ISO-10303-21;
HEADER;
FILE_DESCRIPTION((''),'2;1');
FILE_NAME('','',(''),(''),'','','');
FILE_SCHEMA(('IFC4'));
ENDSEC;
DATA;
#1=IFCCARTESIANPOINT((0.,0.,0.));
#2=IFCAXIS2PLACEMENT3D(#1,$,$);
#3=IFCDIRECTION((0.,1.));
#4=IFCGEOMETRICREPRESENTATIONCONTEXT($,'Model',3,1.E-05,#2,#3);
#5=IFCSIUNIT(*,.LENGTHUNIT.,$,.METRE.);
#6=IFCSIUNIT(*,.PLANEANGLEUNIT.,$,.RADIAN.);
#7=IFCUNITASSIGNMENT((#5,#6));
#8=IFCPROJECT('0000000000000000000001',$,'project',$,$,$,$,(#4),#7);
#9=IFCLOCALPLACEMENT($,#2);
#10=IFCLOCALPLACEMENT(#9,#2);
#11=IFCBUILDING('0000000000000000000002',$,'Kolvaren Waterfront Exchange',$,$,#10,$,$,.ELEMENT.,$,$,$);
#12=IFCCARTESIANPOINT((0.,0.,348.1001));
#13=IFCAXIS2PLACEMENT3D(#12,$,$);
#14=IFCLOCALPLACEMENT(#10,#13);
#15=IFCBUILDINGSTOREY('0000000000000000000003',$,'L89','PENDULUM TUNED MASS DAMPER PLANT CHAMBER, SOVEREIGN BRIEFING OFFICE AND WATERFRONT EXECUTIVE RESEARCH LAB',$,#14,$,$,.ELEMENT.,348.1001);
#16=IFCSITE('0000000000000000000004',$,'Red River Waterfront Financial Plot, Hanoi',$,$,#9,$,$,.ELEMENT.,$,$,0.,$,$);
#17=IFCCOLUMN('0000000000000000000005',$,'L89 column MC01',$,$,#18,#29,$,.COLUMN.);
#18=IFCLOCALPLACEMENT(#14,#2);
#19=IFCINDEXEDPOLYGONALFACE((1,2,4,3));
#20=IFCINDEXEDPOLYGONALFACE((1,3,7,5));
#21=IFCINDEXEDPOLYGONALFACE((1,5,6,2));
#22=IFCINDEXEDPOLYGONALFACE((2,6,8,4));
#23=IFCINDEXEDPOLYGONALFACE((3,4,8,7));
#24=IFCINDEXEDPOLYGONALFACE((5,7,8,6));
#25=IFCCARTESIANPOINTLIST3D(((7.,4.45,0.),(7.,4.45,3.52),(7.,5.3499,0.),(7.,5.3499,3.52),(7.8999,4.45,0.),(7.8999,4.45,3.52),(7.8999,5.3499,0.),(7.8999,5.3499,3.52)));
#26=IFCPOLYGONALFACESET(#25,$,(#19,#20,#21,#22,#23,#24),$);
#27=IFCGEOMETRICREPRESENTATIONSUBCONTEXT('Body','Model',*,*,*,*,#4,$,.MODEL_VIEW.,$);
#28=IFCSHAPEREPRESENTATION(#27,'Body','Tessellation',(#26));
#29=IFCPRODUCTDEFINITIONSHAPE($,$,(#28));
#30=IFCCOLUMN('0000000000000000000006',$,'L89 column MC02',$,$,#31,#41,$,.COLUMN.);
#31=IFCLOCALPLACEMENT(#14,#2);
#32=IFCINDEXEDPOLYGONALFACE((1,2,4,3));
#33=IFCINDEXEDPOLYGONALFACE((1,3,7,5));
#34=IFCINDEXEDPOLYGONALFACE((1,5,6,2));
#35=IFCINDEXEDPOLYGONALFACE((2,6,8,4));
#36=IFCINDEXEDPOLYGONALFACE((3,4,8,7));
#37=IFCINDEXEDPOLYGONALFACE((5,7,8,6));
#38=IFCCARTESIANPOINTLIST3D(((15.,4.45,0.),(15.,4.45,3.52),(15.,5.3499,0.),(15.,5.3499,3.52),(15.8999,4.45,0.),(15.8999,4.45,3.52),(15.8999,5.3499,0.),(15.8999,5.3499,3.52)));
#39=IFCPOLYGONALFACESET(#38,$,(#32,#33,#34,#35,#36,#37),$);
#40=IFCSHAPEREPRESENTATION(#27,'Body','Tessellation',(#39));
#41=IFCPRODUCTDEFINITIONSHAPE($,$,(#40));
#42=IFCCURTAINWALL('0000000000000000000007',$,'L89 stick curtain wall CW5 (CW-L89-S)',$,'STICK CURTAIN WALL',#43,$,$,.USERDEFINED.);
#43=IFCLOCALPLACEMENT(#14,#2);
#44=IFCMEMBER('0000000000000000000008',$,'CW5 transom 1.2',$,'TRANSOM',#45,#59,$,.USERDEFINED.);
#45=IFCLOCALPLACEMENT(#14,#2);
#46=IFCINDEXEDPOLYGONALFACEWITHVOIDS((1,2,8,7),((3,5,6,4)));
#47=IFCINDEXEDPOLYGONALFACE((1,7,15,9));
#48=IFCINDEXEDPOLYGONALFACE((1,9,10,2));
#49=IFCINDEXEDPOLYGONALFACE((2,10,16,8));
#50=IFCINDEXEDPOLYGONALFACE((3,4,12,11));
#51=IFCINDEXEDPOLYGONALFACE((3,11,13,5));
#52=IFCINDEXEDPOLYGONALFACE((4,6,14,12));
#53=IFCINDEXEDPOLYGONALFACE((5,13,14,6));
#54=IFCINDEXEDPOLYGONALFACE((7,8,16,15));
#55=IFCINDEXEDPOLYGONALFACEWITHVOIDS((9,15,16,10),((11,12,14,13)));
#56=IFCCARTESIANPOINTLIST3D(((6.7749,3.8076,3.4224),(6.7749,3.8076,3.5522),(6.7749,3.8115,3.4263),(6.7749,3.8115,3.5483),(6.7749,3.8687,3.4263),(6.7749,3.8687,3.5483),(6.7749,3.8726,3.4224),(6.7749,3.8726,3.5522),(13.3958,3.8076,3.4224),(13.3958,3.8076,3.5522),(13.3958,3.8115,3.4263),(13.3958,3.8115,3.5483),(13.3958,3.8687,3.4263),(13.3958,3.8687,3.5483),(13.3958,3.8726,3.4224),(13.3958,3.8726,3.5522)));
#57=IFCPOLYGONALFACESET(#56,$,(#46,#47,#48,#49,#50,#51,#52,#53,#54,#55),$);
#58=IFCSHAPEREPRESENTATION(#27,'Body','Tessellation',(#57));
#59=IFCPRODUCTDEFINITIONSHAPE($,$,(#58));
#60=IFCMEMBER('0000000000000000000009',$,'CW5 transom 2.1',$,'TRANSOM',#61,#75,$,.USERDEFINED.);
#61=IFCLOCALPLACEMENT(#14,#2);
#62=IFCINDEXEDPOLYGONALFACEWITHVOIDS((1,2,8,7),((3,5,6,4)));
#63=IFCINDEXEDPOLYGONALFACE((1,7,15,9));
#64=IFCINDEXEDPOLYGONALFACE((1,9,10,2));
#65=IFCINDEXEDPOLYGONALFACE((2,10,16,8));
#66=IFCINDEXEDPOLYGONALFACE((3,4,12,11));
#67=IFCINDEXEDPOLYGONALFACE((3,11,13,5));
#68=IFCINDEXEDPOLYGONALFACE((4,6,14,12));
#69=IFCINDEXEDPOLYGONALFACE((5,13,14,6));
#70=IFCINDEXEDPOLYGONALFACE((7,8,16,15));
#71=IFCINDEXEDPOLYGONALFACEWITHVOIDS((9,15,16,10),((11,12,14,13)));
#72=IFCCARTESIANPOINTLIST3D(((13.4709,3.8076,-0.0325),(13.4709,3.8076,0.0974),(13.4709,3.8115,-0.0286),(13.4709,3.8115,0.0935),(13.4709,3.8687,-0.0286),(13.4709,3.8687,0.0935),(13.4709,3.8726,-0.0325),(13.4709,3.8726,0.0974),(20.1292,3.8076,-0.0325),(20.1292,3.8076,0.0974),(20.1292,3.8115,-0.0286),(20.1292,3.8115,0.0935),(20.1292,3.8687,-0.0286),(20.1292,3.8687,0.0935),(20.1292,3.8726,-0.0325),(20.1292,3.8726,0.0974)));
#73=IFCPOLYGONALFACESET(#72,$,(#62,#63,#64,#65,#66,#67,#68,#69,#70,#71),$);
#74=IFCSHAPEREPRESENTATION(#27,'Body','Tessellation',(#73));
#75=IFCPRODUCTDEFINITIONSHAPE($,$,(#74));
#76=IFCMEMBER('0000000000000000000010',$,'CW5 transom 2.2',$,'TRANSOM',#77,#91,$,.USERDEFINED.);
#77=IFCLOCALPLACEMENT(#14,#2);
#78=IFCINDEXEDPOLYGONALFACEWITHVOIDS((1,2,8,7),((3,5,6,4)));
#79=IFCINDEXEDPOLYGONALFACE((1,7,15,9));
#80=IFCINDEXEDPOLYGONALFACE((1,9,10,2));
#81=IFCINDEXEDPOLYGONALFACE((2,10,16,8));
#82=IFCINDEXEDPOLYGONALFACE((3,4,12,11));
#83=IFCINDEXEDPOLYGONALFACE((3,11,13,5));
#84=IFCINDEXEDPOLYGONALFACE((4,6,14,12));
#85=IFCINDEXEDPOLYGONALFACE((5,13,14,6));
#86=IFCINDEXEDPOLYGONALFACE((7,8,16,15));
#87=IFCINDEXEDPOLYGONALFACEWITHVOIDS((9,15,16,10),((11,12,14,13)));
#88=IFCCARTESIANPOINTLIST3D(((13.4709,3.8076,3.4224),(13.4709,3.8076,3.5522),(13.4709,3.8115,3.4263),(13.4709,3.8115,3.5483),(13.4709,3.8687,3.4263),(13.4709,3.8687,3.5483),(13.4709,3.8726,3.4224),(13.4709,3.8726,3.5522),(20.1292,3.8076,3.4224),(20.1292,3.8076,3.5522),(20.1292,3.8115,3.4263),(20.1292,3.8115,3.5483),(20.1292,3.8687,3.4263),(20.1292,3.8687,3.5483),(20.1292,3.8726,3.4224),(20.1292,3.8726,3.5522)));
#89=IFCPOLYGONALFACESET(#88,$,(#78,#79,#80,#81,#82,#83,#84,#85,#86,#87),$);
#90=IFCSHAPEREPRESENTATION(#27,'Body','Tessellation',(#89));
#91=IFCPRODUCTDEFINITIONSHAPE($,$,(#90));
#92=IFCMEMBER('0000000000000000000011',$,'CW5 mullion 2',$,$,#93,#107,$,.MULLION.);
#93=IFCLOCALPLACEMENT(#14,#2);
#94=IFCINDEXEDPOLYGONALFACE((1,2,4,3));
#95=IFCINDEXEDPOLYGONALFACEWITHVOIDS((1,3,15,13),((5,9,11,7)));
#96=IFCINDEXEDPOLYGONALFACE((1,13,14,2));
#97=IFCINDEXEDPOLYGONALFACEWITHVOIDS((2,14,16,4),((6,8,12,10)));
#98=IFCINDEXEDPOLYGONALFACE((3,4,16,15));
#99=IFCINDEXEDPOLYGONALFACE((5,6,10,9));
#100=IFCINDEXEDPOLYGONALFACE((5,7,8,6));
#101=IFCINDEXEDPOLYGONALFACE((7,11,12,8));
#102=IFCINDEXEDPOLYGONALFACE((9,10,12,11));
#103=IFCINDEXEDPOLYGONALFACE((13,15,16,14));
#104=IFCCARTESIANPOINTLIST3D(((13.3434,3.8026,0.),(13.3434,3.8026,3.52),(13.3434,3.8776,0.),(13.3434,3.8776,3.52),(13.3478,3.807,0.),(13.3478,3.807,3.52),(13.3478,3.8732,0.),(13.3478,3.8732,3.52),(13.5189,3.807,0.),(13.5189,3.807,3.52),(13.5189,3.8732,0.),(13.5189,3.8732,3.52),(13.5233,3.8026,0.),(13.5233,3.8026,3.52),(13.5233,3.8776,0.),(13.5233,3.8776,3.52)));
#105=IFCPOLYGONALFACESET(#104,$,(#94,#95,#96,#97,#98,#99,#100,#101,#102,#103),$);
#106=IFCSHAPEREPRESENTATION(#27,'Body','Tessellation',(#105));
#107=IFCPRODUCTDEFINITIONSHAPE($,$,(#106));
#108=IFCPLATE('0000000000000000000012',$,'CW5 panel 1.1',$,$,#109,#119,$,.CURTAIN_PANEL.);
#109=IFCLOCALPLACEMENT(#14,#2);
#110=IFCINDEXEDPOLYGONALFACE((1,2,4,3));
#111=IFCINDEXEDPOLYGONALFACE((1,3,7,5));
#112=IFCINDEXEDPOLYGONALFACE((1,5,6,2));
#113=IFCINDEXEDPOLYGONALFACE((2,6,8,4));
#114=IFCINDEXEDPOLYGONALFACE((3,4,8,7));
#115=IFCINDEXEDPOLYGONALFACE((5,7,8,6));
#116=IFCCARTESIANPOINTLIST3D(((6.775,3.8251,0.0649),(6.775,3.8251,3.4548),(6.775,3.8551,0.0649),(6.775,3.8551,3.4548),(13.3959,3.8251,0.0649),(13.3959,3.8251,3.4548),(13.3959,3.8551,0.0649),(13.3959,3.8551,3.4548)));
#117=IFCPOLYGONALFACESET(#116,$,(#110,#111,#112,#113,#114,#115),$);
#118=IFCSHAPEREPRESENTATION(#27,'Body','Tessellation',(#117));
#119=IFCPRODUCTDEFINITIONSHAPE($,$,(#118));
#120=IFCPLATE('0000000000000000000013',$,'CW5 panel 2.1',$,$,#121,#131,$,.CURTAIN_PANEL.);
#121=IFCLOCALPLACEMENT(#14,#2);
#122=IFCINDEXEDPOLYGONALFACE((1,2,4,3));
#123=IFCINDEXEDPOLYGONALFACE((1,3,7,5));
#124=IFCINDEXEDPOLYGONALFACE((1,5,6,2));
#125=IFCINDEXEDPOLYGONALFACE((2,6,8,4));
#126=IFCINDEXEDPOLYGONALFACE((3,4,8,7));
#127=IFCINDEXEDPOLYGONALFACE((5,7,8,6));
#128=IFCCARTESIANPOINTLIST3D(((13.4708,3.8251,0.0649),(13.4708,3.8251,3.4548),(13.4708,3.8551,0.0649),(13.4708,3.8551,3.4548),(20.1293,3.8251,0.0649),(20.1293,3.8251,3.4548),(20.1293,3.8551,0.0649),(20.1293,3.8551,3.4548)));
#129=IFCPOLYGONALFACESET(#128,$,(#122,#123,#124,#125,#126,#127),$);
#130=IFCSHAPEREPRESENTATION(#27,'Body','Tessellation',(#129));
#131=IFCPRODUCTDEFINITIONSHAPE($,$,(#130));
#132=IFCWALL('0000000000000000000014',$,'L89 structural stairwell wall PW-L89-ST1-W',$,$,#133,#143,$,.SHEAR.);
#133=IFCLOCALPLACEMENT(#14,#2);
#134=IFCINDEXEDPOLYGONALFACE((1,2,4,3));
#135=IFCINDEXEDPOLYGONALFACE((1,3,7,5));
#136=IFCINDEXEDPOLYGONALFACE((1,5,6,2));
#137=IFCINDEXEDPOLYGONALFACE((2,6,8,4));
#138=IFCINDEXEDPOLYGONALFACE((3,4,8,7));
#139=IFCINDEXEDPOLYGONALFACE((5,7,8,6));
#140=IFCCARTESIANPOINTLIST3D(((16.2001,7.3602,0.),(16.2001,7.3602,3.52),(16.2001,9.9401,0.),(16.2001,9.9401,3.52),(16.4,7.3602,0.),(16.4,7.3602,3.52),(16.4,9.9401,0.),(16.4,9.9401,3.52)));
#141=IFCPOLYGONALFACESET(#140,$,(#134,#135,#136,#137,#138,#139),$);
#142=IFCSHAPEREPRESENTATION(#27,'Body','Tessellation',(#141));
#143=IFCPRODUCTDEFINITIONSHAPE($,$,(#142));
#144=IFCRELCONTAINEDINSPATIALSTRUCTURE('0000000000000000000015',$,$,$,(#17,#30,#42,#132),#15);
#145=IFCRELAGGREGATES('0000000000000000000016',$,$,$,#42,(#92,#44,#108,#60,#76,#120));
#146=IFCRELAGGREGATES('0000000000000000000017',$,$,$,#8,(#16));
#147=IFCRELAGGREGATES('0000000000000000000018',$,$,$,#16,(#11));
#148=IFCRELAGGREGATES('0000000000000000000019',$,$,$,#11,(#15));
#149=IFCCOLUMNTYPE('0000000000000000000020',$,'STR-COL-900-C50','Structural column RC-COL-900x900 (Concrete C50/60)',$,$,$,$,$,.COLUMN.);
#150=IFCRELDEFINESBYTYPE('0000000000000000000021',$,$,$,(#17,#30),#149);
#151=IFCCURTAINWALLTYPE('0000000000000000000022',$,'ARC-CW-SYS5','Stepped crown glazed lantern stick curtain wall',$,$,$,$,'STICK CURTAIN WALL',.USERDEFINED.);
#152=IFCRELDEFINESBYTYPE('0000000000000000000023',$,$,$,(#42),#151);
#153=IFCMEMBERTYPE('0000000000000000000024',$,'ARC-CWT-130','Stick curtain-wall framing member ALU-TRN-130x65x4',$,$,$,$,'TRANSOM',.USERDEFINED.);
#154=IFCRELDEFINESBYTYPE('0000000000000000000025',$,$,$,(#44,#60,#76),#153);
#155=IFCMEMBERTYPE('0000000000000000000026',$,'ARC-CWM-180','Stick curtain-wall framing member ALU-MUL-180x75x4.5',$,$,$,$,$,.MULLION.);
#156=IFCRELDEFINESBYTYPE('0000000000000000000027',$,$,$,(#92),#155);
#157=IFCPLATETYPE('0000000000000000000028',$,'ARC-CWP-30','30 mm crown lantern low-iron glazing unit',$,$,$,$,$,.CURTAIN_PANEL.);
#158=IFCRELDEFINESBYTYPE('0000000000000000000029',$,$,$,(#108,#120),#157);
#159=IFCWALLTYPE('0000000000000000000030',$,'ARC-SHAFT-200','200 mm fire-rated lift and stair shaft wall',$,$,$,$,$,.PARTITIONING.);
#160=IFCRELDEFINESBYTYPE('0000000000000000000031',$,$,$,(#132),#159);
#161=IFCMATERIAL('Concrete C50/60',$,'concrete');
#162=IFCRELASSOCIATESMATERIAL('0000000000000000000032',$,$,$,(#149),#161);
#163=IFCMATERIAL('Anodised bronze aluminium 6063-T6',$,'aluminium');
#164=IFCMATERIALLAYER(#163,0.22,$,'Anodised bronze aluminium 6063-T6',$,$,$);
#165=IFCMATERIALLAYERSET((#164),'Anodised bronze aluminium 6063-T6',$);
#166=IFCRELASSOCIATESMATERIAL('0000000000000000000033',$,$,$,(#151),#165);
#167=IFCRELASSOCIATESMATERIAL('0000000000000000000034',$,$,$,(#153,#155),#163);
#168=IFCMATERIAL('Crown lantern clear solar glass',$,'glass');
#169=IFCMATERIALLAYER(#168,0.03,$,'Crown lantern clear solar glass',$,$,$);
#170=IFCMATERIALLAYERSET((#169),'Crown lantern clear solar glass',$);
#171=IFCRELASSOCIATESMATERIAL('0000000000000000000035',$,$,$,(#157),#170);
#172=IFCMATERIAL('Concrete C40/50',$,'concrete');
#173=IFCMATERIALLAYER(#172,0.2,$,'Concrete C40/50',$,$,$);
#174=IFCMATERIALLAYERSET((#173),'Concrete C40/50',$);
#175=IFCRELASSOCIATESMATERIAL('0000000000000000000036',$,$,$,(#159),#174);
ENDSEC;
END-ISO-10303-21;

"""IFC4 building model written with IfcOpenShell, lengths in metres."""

from ifc_helpers import new_model, si_unit, direction, frame, frame_2d, origin, origin_with_axes, origin_2d, place, context, subcontext, project, spatial, rectangle, hollow_rectangle, extrude, source, transform, mapped, material, layer, layer_set, material_profile, profile_set, type_object, element, aggregate, save


model = new_model("IFC4")

# Units and contexts
model_context = context("Model", 3, precision=1e-05, world=origin(), true_north=direction((0.0, 1.0)))
body_context = subcontext(model_context, "Body", "Model", "MODEL_VIEW")
ifc_project = project(units=[si_unit("LENGTHUNIT", "METRE"), si_unit("PLANEANGLEUNIT", "RADIAN")], contexts=[model_context])

# Site, building, storey
site_placement = place(None, origin())
site = spatial("IfcSite", under=ifc_project, at=site_placement, Name="Red River Waterfront Financial Plot, Hanoi", CompositionType="ELEMENT", RefElevation=0.0)
building_placement = place(site_placement, origin())
building = spatial("IfcBuilding", under=site, at=building_placement, Name="Kolvaren Waterfront Exchange", CompositionType="ELEMENT")
storey_placement = place(building_placement, frame((0.0, 0.0, 348.1001)))
storey = spatial("IfcBuildingStorey", under=building, at=storey_placement, Name="L89", Description="PENDULUM TUNED MASS DAMPER PLANT CHAMBER, SOVEREIGN BRIEFING OFFICE AND WATERFRONT EXECUTIVE RESEARCH LAB", CompositionType="ELEMENT", Elevation=348.1001)

# Columns
ifc_material_1 = material(Name="Concrete C50/60", Category="concrete")
ifc_material_profile_1 = material_profile(ifc_material_1, rectangle(XDim=0.8999, YDim=0.8999, at=origin_2d()), Name="RC-COL-900x900")
ifc_profile_set_1 = profile_set([ifc_material_profile_1], Name="Concrete C50/60")
column_type = type_object("IfcColumnType", Name="STR-COL-900-C50", Description="Structural column RC-COL-900x900 (Concrete C50/60)", PredefinedType="COLUMN", material=ifc_profile_set_1)
for number, where, z_axis, x_axis, name in (
    (1, (7.45, 4.8999, 0.0), (0.0, 0.0, 1.0), (1.0, 0.0, 0.0), "L89 column MC01"),
    (2, (15.45, 4.8999, 0.0), (0.0, 0.0, 1.0), (1.0, 0.0, 0.0), "L89 column MC02"),
):
    element("IfcColumn", number, at=place(storey_placement, frame(where, z_axis=z_axis, x_axis=x_axis)), inside=storey, type_object=column_type, Name=name, PredefinedType="COLUMN", context=body_context, shape_type="SweptSolid", body=[
        extrude(rectangle(XDim=0.8999, YDim=0.8999, at=origin_2d()), origin(), (0.0, 0.0, 1.0), 3.52),
    ])

# Curtain wall, members, plates
ifc_material_2 = material(Name="Anodised bronze aluminium 6063-T6", Category="aluminium")
ifc_layer_1 = layer(ifc_material_2, 0.22, Name="Anodised bronze aluminium 6063-T6")
ifc_layer_set_1 = layer_set([ifc_layer_1], Name="Anodised bronze aluminium 6063-T6")
curtain_wall_type = type_object("IfcCurtainWallType", Name="ARC-CW-SYS5", Description="Stepped crown glazed lantern stick curtain wall", ElementType="STICK CURTAIN WALL", PredefinedType="USERDEFINED", material=ifc_layer_set_1)
curtain_wall_placement = place(storey_placement, origin())
curtain_wall = element("IfcCurtainWall", 3, at=curtain_wall_placement, inside=storey, type_object=curtain_wall_type, Name="L89 stick curtain wall CW5 (CW-L89-S)", ObjectType="STICK CURTAIN WALL", PredefinedType="USERDEFINED")
ifc_material_profile_2 = material_profile(ifc_material_2, hollow_rectangle(XDim=0.0649, YDim=0.1299, WallThickness=0.0039, at=origin_2d()), Name="ALU-TRN-130x65x4")
ifc_profile_set_2 = profile_set([ifc_material_profile_2], Name="Anodised bronze aluminium 6063-T6")
member_type_1 = type_object("IfcMemberType", Name="ARC-CWT-130", Description="Stick curtain-wall framing member ALU-TRN-130x65x4", ElementType="TRANSOM", PredefinedType="USERDEFINED", material=ifc_profile_set_2)
shared_shape_1 = source(origin_with_axes(), body_context, "Body", "SweptSolid", [
    extrude(hollow_rectangle(XDim=0.0649, YDim=0.1299, WallThickness=0.0039, at=origin_2d()), origin(), (0.0, 0.0, 1.0), 6.6208),
])
member_1_placement = place(storey_placement, frame((6.7749, 3.8401, 3.4873), z_axis=(1.0, 0.0, 0.0), x_axis=(0.0, 1.0, 0.0)))
member_1 = element("IfcMember", 4, at=member_1_placement, type_object=member_type_1, Name="CW5 transom 1.2", ObjectType="TRANSOM", PredefinedType="USERDEFINED", context=body_context, shape_type="MappedRepresentation", body=[
    mapped(shared_shape_1, transform((0.0, 0.0, 0.0), x_axis=(1.0, 0.0, 0.0), y_axis=(0.0, 1.0, 0.0), z_axis=(0.0, 0.0, 1.0), scale=1.0)),
])
shared_shape_2 = source(origin_with_axes(), body_context, "Body", "SweptSolid", [
    extrude(hollow_rectangle(XDim=0.0649, YDim=0.1299, WallThickness=0.0039, at=origin_2d()), origin(), (0.0, 0.0, 1.0), 6.6582),
])
member_2_placement = place(storey_placement, frame((13.4709, 3.8401, 0.0325), z_axis=(1.0, 0.0, 0.0), x_axis=(0.0, 1.0, 0.0)))
member_2 = element("IfcMember", 5, at=member_2_placement, type_object=member_type_1, Name="CW5 transom 2.1", ObjectType="TRANSOM", PredefinedType="USERDEFINED", context=body_context, shape_type="MappedRepresentation", body=[
    mapped(shared_shape_2, transform((0.0, 0.0, 0.0), x_axis=(1.0, 0.0, 0.0), y_axis=(0.0, 1.0, 0.0), z_axis=(0.0, 0.0, 1.0), scale=1.0)),
])
member_3_placement = place(storey_placement, frame((13.4709, 3.8401, 3.4873), z_axis=(1.0, 0.0, 0.0), x_axis=(0.0, 1.0, 0.0)))
member_3 = element("IfcMember", 6, at=member_3_placement, type_object=member_type_1, Name="CW5 transom 2.2", ObjectType="TRANSOM", PredefinedType="USERDEFINED", context=body_context, shape_type="MappedRepresentation", body=[
    mapped(shared_shape_2, transform((0.0, 0.0, 0.0), x_axis=(1.0, 0.0, 0.0), y_axis=(0.0, 1.0, 0.0), z_axis=(0.0, 0.0, 1.0), scale=1.0)),
])
ifc_material_profile_3 = material_profile(ifc_material_2, hollow_rectangle(XDim=0.075, YDim=0.1799, WallThickness=0.0044, at=origin_2d()), Name="ALU-MUL-180x75x4.5")
ifc_profile_set_3 = profile_set([ifc_material_profile_3], Name="Anodised bronze aluminium 6063-T6")
member_type_2 = type_object("IfcMemberType", Name="ARC-CWM-180", Description="Stick curtain-wall framing member ALU-MUL-180x75x4.5", PredefinedType="MULLION", material=ifc_profile_set_3)
shared_shape_3 = source(origin_with_axes(), body_context, "Body", "SweptSolid", [
    extrude(hollow_rectangle(XDim=0.075, YDim=0.1799, WallThickness=0.0044, at=origin_2d()), origin(), (0.0, 0.0, 1.0), 3.52),
])
member_4_placement = place(storey_placement, frame((13.4333, 3.8401, 0.0), z_axis=(0.0, 0.0, 1.0), x_axis=(0.0, 1.0, 0.0)))
member_4 = element("IfcMember", 7, at=member_4_placement, type_object=member_type_2, Name="CW5 mullion 2", PredefinedType="MULLION", context=body_context, shape_type="MappedRepresentation", body=[
    mapped(shared_shape_3, transform((0.0, 0.0, 0.0), x_axis=(1.0, 0.0, 0.0), y_axis=(0.0, 1.0, 0.0), z_axis=(0.0, 0.0, 1.0), scale=1.0)),
])
ifc_material_3 = material(Name="Crown lantern clear solar glass", Category="glass")
ifc_layer_2 = layer(ifc_material_3, 0.03, Name="Crown lantern clear solar glass")
ifc_layer_set_2 = layer_set([ifc_layer_2], Name="Crown lantern clear solar glass")
plate_type = type_object("IfcPlateType", Name="ARC-CWP-30", Description="30 mm crown lantern low-iron glazing unit", PredefinedType="CURTAIN_PANEL", material=ifc_layer_set_2)
shared_shape_4 = source(origin_with_axes(), body_context, "Body", "SweptSolid", [
    extrude(rectangle(XDim=6.6208, YDim=0.03, at=origin_2d()), origin(), (0.0, 0.0, 1.0), 3.3899),
])
plate_1_placement = place(storey_placement, frame((10.0854, 3.8401, 0.0649), z_axis=(0.0, 0.0, 1.0), x_axis=(1.0, 0.0, 0.0)))
plate_1 = element("IfcPlate", 8, at=plate_1_placement, type_object=plate_type, Name="CW5 panel 1.1", PredefinedType="CURTAIN_PANEL", context=body_context, shape_type="MappedRepresentation", body=[
    mapped(shared_shape_4, transform((0.0, 0.0, 0.0), x_axis=(1.0, 0.0, 0.0), y_axis=(0.0, 1.0, 0.0), z_axis=(0.0, 0.0, 1.0), scale=1.0)),
])
shared_shape_5 = source(origin_with_axes(), body_context, "Body", "SweptSolid", [
    extrude(rectangle(XDim=6.6584, YDim=0.03, at=origin_2d()), origin(), (0.0, 0.0, 1.0), 3.3899),
])
plate_2_placement = place(storey_placement, frame((16.8, 3.8401, 0.0649), z_axis=(0.0, 0.0, 1.0), x_axis=(1.0, 0.0, 0.0)))
plate_2 = element("IfcPlate", 9, at=plate_2_placement, type_object=plate_type, Name="CW5 panel 2.1", PredefinedType="CURTAIN_PANEL", context=body_context, shape_type="MappedRepresentation", body=[
    mapped(shared_shape_5, transform((0.0, 0.0, 0.0), x_axis=(1.0, 0.0, 0.0), y_axis=(0.0, 1.0, 0.0), z_axis=(0.0, 0.0, 1.0), scale=1.0)),
])
aggregate(curtain_wall, [member_4, member_1, plate_1, member_2, member_3, plate_2])

# Wall
ifc_material_4 = material(Name="Concrete C40/50", Category="concrete")
ifc_layer_3 = layer(ifc_material_4, 0.2, Name="Concrete C40/50")
ifc_layer_set_3 = layer_set([ifc_layer_3], Name="Concrete C40/50")
wall_type_1 = type_object("IfcWallType", Name="ARC-SHAFT-200", Description="200 mm fire-rated lift and stair shaft wall", PredefinedType="PARTITIONING", material=ifc_layer_set_3)
wall_1_placement = place(storey_placement, frame((16.3, 7.3601, 0.0), z_axis=(0.0, 0.0, 1.0), x_axis=(0.0, 1.0, 0.0)))
element("IfcWall", 10, at=wall_1_placement, inside=storey, type_object=wall_type_1, Name="L89 structural stairwell wall PW-L89-ST1-W", PredefinedType="SHEAR", context=body_context, shape_type="SweptSolid", body=[
    extrude(rectangle(XDim=2.5798, YDim=0.2, at=frame_2d((1.29, 0.0))), origin(), (0.0, 0.0, 1.0), 3.52),
])

save(model, "model.ifc")
